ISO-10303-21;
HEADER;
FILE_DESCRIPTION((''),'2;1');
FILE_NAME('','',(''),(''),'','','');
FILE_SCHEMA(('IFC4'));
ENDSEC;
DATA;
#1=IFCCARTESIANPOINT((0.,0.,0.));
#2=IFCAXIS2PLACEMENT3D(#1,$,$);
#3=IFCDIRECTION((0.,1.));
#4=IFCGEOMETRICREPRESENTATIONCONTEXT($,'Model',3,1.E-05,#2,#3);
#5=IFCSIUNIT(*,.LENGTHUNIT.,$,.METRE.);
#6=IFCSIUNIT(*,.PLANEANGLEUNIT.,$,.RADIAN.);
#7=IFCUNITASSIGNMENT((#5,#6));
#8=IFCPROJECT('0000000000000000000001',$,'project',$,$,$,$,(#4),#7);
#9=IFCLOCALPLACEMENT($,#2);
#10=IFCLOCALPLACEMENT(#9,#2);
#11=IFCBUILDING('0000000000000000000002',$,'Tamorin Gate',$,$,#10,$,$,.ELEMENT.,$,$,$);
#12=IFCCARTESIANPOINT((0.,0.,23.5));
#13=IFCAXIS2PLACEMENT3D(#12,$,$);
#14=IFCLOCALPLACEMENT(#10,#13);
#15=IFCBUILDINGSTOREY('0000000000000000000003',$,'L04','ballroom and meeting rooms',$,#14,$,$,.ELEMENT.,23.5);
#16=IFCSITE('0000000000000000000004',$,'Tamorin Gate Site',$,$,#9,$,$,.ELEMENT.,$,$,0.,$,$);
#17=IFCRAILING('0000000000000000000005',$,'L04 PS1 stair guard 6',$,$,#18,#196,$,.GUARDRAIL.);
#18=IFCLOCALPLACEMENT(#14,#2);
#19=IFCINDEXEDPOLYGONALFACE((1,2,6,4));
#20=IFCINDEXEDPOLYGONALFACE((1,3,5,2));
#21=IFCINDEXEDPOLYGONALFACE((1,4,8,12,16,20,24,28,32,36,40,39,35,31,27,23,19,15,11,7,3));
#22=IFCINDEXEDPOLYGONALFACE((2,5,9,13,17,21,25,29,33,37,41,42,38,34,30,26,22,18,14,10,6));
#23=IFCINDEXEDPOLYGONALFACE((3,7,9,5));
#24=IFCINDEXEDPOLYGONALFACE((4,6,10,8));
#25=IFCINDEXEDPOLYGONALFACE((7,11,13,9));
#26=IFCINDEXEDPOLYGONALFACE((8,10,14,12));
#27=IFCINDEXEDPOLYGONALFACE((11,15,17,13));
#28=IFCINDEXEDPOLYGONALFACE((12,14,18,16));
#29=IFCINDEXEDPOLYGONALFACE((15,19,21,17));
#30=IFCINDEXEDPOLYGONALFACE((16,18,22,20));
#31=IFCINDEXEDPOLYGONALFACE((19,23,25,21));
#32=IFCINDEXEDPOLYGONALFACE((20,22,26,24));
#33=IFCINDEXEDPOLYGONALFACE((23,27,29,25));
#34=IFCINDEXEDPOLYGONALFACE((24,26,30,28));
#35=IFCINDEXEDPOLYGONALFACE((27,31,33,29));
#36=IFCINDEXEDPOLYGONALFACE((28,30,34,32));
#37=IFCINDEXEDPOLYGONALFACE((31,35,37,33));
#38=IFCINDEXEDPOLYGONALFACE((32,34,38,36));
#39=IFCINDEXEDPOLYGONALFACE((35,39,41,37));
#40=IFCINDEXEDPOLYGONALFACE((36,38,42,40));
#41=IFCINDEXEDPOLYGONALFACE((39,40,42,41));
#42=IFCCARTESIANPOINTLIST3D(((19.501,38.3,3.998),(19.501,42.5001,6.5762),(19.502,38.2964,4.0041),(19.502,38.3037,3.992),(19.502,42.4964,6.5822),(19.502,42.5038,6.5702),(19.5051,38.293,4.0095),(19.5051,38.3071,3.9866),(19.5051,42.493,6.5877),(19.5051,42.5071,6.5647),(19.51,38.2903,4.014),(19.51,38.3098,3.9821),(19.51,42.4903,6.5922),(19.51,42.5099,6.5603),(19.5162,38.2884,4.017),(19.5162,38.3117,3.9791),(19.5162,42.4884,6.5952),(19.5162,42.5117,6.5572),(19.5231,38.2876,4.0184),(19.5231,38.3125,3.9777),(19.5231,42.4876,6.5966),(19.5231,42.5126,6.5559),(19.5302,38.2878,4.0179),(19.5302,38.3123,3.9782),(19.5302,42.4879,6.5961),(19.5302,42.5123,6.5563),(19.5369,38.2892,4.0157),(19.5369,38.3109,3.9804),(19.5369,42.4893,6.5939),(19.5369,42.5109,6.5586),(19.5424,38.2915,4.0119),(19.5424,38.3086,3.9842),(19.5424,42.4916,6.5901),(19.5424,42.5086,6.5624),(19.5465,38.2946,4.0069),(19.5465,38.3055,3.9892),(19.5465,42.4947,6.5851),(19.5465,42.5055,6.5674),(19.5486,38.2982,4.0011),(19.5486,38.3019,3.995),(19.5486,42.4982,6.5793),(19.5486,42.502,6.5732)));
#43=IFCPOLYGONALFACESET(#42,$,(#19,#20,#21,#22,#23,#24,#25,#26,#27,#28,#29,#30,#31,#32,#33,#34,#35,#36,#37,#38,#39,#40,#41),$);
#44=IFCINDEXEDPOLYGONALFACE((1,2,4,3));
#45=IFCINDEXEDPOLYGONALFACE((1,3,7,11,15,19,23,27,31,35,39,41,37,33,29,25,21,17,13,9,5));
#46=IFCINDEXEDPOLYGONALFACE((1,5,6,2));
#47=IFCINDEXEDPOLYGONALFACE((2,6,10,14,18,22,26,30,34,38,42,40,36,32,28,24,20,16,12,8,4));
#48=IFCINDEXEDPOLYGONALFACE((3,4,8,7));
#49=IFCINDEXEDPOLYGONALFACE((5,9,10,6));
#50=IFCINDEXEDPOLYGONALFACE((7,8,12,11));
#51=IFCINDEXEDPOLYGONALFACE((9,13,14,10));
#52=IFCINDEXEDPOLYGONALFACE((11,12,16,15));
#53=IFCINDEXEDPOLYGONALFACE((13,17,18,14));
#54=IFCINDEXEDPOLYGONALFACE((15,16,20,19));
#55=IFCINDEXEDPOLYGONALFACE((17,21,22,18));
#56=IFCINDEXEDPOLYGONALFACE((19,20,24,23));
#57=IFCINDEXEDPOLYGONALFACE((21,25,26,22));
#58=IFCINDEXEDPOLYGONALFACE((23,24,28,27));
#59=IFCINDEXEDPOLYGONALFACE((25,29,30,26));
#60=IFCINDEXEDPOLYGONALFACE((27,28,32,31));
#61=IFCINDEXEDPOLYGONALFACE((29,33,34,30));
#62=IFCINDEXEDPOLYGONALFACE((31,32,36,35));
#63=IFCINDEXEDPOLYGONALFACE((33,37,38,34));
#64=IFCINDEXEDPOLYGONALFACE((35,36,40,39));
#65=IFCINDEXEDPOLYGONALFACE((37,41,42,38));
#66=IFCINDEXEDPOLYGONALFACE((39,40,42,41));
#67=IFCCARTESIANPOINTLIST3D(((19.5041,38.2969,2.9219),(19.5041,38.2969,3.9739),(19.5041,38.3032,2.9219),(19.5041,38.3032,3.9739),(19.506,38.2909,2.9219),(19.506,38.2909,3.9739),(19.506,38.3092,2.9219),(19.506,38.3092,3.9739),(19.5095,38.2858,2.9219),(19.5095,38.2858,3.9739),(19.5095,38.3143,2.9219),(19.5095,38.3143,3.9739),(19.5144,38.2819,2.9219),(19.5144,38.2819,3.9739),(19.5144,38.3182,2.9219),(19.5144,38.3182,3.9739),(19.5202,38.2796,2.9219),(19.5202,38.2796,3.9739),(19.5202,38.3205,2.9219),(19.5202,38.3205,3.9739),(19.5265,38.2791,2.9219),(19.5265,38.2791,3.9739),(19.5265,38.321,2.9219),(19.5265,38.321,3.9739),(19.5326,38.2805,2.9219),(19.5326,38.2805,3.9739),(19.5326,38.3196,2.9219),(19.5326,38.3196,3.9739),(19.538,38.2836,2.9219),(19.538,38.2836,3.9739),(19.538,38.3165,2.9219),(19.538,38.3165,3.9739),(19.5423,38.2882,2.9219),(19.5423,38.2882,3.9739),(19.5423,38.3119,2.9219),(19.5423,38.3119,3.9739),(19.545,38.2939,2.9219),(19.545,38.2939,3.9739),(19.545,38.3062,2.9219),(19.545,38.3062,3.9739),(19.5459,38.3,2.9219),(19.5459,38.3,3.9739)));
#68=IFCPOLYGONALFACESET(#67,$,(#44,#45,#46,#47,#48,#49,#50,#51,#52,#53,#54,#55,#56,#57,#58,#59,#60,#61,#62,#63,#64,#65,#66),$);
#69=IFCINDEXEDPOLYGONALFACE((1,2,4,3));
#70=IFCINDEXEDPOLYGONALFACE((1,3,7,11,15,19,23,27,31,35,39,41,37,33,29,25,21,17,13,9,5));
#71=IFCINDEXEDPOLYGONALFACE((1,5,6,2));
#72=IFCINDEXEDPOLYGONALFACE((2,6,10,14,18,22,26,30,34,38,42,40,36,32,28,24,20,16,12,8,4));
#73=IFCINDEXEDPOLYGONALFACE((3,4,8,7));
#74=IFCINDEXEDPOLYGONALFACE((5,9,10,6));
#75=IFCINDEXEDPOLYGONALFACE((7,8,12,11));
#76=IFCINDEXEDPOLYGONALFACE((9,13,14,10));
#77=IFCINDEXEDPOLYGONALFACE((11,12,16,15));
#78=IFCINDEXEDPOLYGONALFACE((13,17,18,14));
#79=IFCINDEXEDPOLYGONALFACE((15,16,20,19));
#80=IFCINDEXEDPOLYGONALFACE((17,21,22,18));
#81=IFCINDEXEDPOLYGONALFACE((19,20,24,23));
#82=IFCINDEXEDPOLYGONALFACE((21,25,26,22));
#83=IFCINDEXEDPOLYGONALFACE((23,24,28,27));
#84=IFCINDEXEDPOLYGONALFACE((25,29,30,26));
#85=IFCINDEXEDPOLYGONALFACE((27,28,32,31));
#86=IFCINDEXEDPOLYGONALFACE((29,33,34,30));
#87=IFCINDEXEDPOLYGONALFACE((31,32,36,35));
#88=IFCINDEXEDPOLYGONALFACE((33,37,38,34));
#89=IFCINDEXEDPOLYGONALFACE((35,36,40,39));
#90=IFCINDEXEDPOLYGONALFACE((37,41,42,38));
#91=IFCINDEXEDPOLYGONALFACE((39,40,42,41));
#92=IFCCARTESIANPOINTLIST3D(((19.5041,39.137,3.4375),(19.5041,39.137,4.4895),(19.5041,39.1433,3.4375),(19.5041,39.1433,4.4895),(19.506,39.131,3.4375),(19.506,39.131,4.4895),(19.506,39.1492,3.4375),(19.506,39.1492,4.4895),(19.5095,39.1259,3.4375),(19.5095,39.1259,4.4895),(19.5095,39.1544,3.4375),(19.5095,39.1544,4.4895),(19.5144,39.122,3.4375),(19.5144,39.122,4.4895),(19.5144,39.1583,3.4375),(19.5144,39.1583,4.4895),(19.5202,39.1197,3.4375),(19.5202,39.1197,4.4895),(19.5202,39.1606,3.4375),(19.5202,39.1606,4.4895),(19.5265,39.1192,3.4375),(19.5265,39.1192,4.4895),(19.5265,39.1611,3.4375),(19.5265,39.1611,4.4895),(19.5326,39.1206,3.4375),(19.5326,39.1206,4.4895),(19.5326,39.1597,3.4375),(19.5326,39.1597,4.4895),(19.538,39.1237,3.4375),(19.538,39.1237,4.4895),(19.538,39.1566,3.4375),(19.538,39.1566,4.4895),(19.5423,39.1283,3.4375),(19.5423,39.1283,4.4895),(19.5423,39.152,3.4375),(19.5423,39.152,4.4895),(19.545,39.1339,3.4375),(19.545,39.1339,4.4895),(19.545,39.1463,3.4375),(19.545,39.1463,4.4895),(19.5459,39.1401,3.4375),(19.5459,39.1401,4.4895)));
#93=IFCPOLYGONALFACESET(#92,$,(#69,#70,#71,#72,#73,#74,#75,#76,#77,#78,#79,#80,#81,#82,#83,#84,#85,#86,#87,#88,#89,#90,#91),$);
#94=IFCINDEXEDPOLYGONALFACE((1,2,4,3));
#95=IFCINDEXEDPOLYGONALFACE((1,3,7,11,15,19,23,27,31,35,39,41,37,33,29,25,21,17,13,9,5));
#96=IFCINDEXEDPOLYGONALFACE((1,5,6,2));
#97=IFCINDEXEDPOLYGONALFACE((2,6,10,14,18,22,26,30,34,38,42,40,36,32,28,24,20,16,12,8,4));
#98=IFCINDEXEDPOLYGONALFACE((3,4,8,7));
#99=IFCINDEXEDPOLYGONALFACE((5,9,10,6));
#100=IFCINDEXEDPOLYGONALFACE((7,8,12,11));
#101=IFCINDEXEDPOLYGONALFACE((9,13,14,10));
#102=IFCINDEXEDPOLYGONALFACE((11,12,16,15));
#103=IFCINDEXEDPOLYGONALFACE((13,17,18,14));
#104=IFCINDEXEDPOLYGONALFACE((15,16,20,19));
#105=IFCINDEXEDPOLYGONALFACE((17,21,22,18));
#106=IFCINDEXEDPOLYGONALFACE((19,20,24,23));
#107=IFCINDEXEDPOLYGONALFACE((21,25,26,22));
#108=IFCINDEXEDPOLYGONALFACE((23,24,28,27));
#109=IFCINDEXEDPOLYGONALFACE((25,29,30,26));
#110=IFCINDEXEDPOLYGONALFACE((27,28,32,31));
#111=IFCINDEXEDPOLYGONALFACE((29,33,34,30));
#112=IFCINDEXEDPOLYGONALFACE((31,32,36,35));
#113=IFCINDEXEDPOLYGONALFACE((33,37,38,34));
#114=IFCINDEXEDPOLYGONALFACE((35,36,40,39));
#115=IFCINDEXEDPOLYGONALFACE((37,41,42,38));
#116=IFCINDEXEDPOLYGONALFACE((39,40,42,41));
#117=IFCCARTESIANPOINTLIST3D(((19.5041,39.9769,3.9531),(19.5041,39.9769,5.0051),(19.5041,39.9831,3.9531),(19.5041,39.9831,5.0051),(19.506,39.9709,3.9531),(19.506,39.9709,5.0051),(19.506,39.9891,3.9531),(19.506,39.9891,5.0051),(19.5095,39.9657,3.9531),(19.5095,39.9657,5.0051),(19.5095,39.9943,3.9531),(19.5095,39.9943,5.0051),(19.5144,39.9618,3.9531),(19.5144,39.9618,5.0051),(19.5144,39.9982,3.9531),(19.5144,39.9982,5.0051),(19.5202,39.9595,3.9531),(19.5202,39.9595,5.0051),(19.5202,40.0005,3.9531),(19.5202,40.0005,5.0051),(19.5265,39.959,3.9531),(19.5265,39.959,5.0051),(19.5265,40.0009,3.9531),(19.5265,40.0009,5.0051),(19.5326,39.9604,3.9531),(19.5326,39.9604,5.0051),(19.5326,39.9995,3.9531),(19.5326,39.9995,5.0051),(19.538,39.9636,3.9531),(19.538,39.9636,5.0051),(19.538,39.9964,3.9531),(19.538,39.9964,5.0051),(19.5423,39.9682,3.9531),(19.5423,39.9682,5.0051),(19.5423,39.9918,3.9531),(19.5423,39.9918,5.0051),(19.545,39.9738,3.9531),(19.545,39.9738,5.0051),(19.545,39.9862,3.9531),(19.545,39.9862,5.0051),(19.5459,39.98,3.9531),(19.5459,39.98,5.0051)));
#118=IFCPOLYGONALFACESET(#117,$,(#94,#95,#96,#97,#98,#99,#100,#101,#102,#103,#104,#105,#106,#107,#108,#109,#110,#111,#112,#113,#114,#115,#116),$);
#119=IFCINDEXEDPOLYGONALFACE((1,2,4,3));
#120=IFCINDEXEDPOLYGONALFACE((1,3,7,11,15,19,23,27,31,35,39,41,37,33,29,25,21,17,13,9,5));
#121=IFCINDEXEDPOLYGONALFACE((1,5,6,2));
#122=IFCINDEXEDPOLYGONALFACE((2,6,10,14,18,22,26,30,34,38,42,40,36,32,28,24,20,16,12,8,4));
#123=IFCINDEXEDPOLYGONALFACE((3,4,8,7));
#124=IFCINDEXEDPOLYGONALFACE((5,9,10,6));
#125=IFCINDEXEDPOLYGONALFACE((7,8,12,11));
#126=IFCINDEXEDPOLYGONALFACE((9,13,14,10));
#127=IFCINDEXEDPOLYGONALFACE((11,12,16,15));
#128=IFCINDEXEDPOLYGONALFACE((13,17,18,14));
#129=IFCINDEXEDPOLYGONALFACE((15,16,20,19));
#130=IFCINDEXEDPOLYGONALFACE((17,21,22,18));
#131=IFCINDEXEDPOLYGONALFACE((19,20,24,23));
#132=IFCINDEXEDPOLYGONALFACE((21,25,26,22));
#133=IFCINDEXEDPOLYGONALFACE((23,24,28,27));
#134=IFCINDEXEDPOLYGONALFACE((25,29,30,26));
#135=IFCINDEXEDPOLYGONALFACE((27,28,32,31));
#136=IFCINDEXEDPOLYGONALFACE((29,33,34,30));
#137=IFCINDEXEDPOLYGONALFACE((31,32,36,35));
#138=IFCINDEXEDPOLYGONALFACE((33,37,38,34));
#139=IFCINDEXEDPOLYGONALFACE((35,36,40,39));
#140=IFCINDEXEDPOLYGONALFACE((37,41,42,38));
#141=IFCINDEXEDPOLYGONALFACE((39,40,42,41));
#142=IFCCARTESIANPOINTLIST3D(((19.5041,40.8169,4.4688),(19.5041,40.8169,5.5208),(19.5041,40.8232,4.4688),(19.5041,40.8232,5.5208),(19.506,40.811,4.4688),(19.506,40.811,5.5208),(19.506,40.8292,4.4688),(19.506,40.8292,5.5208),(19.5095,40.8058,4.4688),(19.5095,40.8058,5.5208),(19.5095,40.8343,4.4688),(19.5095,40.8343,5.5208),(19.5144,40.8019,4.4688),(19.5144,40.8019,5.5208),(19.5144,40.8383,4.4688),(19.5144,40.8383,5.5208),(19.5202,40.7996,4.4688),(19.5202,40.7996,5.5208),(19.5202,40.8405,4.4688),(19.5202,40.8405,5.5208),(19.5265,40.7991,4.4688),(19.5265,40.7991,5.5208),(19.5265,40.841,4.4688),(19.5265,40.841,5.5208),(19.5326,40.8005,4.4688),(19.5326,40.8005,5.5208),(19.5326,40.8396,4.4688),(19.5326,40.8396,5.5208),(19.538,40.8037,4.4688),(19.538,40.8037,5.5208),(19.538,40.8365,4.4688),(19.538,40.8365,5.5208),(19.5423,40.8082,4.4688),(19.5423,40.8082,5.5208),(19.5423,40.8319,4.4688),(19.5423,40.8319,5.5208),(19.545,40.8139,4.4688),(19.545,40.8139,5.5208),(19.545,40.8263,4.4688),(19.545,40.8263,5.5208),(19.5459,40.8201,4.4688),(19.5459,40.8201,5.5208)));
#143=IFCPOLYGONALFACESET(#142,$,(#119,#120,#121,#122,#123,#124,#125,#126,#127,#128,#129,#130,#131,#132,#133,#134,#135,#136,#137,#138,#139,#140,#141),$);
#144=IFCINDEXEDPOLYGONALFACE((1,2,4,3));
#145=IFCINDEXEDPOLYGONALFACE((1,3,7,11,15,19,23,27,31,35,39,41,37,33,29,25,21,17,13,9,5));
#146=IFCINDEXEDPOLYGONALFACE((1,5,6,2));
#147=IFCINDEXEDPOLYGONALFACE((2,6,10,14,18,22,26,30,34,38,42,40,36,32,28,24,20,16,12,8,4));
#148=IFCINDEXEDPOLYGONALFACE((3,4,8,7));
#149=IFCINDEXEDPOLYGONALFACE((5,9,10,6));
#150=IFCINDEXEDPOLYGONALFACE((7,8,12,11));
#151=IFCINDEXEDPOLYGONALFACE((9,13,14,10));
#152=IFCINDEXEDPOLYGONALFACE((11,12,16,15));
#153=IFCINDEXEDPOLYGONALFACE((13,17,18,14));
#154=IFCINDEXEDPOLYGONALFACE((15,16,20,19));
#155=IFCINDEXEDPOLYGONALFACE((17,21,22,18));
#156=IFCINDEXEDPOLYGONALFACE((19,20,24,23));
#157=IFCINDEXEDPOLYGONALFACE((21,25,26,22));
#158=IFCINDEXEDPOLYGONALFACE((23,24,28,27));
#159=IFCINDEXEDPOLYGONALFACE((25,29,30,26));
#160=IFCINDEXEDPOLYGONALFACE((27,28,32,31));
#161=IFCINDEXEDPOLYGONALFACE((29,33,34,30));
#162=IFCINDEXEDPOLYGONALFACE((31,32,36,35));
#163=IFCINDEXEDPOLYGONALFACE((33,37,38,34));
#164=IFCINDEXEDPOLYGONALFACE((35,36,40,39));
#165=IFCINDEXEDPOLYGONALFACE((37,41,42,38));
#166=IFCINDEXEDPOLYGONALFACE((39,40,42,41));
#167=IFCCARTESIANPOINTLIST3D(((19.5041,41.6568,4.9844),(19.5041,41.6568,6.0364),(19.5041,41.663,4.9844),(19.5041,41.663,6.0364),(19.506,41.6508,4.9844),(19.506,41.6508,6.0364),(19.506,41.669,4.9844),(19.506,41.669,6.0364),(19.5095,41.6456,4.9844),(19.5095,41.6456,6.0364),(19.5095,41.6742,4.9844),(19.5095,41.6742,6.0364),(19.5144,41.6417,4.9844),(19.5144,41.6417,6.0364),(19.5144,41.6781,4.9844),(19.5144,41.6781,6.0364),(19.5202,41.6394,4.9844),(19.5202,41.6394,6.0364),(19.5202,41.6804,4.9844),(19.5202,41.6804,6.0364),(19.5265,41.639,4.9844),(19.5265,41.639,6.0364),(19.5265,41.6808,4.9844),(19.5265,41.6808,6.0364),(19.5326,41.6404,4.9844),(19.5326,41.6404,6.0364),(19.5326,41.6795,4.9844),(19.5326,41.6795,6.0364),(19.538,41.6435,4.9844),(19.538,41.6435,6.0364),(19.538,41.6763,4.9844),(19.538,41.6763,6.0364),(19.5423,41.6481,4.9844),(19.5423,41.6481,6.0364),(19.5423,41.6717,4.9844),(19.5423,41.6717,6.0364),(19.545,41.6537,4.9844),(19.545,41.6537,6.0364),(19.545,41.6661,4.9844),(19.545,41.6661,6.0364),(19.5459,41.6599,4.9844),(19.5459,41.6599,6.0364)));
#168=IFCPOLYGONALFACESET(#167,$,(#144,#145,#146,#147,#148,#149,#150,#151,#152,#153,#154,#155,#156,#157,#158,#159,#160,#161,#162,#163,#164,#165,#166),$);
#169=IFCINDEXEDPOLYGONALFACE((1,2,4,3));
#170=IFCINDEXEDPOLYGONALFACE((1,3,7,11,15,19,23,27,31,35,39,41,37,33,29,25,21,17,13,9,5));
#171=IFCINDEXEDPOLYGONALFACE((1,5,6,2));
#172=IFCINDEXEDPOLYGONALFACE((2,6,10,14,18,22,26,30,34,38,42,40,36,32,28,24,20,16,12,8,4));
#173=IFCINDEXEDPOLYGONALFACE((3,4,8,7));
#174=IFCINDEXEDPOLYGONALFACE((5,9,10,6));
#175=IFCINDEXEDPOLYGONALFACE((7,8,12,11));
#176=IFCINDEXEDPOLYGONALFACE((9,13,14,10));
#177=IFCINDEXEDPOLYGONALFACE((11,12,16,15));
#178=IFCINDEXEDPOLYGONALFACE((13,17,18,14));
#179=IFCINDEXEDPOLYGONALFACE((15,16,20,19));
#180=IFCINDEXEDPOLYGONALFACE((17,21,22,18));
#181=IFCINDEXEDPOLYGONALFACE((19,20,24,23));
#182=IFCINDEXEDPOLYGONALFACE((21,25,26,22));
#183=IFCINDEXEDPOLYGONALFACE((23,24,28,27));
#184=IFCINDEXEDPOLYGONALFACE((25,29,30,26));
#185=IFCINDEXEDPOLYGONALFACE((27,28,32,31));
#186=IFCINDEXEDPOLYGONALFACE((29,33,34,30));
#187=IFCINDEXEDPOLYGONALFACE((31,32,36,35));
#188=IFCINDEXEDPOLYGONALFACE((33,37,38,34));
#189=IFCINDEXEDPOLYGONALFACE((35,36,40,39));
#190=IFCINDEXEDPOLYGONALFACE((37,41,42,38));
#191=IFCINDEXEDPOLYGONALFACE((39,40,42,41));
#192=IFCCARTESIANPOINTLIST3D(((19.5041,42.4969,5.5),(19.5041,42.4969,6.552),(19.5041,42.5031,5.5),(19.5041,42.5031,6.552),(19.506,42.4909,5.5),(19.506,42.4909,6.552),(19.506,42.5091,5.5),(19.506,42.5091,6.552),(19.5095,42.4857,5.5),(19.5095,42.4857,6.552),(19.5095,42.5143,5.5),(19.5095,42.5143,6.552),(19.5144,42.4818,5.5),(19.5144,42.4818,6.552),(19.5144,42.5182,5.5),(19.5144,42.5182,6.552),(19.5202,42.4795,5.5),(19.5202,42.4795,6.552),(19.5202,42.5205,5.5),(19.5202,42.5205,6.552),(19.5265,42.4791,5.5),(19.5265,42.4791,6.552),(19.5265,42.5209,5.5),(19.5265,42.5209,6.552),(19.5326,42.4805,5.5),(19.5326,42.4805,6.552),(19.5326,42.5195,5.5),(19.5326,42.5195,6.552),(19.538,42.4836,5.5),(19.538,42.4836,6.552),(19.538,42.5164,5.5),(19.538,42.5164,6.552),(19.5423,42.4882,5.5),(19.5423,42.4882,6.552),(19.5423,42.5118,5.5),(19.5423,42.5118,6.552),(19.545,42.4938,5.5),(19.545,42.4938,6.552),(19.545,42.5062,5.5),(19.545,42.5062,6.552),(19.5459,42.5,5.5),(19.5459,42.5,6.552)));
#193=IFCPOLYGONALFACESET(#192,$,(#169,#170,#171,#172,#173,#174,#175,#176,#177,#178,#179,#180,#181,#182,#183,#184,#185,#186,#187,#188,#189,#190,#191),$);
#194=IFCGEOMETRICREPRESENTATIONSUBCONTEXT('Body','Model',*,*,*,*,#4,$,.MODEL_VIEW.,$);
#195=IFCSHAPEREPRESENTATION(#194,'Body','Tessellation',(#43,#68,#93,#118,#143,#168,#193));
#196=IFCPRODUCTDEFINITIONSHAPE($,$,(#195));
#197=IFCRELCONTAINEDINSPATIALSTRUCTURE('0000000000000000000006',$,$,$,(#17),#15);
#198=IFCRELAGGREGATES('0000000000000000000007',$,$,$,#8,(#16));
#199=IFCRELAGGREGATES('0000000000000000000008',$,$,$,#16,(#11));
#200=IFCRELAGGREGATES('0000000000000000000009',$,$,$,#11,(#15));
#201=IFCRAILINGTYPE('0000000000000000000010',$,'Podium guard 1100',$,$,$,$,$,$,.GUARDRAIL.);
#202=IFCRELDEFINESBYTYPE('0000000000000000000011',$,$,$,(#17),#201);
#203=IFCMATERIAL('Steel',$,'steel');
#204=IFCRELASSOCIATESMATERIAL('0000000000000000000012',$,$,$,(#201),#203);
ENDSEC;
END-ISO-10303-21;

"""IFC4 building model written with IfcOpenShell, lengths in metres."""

from ifc_helpers import new_model, si_unit, direction, frame, origin, origin_2d, place, context, subcontext, project, spatial, circle, extrude, material, type_object, element, save


model = new_model("IFC4")

# Units and contexts
model_context = context("Model", 3, precision=1e-05, world=origin(), true_north=direction((0.0, 1.0)))
body_context = subcontext(model_context, "Body", "Model", "MODEL_VIEW")
ifc_project = project(units=[si_unit("LENGTHUNIT", "METRE"), si_unit("PLANEANGLEUNIT", "RADIAN")], contexts=[model_context])

# Site, building, storey
site_placement = place(None, origin())
site = spatial("IfcSite", under=ifc_project, at=site_placement, Name="Tamorin Gate Site", CompositionType="ELEMENT", RefElevation=0.0)
building_placement = place(site_placement, origin())
building = spatial("IfcBuilding", under=site, at=building_placement, Name="Tamorin Gate", CompositionType="ELEMENT")
storey_placement = place(building_placement, frame((0.0, 0.0, 23.5)))
storey = spatial("IfcBuildingStorey", under=building, at=storey_placement, Name="L04", Description="ballroom and meeting rooms", CompositionType="ELEMENT", Elevation=23.5)

# Railing
ifc_material_1 = material(Name="Steel", Category="steel")
railing_type_1 = type_object("IfcRailingType", Name="Podium guard 1100", PredefinedType="GUARDRAIL", material=ifc_material_1)
railing_1_placement = place(storey_placement, frame((19.5249, 38.3, 2.9219)))
element("IfcRailing", 1, at=railing_1_placement, inside=storey, type_object=railing_type_1, Name="L04 PS1 stair guard 6", PredefinedType="GUARDRAIL", context=body_context, shape_type="SweptSolid", body=[
    extrude(circle(Radius=0.0239, at=origin_2d()), frame((0.0, 0.0, 1.0762), z_axis=(0.0, 0.852243, 0.523146), x_axis=(-1.0, 0.0, 0.0)), (0.0, 0.0, 1.0), 4.9282),
    extrude(circle(Radius=0.021, at=origin_2d()), origin(), (0.0, 0.0, 1.0), 1.052),
    extrude(circle(Radius=0.021, at=origin_2d()), frame((0.0, 0.8401, 0.5156)), (0.0, 0.0, 1.0), 1.052),
    extrude(circle(Radius=0.021, at=origin_2d()), frame((0.0, 1.6799, 1.0312)), (0.0, 0.0, 1.0), 1.052),
    extrude(circle(Radius=0.021, at=origin_2d()), frame((0.0, 2.52, 1.5469)), (0.0, 0.0, 1.0), 1.052),
    extrude(circle(Radius=0.021, at=origin_2d()), frame((0.0, 3.3599, 2.0625)), (0.0, 0.0, 1.0), 1.052),
    extrude(circle(Radius=0.021, at=origin_2d()), frame((0.0, 4.2, 2.5781)), (0.0, 0.0, 1.0), 1.052),
])

save(model, "model.ifc")
